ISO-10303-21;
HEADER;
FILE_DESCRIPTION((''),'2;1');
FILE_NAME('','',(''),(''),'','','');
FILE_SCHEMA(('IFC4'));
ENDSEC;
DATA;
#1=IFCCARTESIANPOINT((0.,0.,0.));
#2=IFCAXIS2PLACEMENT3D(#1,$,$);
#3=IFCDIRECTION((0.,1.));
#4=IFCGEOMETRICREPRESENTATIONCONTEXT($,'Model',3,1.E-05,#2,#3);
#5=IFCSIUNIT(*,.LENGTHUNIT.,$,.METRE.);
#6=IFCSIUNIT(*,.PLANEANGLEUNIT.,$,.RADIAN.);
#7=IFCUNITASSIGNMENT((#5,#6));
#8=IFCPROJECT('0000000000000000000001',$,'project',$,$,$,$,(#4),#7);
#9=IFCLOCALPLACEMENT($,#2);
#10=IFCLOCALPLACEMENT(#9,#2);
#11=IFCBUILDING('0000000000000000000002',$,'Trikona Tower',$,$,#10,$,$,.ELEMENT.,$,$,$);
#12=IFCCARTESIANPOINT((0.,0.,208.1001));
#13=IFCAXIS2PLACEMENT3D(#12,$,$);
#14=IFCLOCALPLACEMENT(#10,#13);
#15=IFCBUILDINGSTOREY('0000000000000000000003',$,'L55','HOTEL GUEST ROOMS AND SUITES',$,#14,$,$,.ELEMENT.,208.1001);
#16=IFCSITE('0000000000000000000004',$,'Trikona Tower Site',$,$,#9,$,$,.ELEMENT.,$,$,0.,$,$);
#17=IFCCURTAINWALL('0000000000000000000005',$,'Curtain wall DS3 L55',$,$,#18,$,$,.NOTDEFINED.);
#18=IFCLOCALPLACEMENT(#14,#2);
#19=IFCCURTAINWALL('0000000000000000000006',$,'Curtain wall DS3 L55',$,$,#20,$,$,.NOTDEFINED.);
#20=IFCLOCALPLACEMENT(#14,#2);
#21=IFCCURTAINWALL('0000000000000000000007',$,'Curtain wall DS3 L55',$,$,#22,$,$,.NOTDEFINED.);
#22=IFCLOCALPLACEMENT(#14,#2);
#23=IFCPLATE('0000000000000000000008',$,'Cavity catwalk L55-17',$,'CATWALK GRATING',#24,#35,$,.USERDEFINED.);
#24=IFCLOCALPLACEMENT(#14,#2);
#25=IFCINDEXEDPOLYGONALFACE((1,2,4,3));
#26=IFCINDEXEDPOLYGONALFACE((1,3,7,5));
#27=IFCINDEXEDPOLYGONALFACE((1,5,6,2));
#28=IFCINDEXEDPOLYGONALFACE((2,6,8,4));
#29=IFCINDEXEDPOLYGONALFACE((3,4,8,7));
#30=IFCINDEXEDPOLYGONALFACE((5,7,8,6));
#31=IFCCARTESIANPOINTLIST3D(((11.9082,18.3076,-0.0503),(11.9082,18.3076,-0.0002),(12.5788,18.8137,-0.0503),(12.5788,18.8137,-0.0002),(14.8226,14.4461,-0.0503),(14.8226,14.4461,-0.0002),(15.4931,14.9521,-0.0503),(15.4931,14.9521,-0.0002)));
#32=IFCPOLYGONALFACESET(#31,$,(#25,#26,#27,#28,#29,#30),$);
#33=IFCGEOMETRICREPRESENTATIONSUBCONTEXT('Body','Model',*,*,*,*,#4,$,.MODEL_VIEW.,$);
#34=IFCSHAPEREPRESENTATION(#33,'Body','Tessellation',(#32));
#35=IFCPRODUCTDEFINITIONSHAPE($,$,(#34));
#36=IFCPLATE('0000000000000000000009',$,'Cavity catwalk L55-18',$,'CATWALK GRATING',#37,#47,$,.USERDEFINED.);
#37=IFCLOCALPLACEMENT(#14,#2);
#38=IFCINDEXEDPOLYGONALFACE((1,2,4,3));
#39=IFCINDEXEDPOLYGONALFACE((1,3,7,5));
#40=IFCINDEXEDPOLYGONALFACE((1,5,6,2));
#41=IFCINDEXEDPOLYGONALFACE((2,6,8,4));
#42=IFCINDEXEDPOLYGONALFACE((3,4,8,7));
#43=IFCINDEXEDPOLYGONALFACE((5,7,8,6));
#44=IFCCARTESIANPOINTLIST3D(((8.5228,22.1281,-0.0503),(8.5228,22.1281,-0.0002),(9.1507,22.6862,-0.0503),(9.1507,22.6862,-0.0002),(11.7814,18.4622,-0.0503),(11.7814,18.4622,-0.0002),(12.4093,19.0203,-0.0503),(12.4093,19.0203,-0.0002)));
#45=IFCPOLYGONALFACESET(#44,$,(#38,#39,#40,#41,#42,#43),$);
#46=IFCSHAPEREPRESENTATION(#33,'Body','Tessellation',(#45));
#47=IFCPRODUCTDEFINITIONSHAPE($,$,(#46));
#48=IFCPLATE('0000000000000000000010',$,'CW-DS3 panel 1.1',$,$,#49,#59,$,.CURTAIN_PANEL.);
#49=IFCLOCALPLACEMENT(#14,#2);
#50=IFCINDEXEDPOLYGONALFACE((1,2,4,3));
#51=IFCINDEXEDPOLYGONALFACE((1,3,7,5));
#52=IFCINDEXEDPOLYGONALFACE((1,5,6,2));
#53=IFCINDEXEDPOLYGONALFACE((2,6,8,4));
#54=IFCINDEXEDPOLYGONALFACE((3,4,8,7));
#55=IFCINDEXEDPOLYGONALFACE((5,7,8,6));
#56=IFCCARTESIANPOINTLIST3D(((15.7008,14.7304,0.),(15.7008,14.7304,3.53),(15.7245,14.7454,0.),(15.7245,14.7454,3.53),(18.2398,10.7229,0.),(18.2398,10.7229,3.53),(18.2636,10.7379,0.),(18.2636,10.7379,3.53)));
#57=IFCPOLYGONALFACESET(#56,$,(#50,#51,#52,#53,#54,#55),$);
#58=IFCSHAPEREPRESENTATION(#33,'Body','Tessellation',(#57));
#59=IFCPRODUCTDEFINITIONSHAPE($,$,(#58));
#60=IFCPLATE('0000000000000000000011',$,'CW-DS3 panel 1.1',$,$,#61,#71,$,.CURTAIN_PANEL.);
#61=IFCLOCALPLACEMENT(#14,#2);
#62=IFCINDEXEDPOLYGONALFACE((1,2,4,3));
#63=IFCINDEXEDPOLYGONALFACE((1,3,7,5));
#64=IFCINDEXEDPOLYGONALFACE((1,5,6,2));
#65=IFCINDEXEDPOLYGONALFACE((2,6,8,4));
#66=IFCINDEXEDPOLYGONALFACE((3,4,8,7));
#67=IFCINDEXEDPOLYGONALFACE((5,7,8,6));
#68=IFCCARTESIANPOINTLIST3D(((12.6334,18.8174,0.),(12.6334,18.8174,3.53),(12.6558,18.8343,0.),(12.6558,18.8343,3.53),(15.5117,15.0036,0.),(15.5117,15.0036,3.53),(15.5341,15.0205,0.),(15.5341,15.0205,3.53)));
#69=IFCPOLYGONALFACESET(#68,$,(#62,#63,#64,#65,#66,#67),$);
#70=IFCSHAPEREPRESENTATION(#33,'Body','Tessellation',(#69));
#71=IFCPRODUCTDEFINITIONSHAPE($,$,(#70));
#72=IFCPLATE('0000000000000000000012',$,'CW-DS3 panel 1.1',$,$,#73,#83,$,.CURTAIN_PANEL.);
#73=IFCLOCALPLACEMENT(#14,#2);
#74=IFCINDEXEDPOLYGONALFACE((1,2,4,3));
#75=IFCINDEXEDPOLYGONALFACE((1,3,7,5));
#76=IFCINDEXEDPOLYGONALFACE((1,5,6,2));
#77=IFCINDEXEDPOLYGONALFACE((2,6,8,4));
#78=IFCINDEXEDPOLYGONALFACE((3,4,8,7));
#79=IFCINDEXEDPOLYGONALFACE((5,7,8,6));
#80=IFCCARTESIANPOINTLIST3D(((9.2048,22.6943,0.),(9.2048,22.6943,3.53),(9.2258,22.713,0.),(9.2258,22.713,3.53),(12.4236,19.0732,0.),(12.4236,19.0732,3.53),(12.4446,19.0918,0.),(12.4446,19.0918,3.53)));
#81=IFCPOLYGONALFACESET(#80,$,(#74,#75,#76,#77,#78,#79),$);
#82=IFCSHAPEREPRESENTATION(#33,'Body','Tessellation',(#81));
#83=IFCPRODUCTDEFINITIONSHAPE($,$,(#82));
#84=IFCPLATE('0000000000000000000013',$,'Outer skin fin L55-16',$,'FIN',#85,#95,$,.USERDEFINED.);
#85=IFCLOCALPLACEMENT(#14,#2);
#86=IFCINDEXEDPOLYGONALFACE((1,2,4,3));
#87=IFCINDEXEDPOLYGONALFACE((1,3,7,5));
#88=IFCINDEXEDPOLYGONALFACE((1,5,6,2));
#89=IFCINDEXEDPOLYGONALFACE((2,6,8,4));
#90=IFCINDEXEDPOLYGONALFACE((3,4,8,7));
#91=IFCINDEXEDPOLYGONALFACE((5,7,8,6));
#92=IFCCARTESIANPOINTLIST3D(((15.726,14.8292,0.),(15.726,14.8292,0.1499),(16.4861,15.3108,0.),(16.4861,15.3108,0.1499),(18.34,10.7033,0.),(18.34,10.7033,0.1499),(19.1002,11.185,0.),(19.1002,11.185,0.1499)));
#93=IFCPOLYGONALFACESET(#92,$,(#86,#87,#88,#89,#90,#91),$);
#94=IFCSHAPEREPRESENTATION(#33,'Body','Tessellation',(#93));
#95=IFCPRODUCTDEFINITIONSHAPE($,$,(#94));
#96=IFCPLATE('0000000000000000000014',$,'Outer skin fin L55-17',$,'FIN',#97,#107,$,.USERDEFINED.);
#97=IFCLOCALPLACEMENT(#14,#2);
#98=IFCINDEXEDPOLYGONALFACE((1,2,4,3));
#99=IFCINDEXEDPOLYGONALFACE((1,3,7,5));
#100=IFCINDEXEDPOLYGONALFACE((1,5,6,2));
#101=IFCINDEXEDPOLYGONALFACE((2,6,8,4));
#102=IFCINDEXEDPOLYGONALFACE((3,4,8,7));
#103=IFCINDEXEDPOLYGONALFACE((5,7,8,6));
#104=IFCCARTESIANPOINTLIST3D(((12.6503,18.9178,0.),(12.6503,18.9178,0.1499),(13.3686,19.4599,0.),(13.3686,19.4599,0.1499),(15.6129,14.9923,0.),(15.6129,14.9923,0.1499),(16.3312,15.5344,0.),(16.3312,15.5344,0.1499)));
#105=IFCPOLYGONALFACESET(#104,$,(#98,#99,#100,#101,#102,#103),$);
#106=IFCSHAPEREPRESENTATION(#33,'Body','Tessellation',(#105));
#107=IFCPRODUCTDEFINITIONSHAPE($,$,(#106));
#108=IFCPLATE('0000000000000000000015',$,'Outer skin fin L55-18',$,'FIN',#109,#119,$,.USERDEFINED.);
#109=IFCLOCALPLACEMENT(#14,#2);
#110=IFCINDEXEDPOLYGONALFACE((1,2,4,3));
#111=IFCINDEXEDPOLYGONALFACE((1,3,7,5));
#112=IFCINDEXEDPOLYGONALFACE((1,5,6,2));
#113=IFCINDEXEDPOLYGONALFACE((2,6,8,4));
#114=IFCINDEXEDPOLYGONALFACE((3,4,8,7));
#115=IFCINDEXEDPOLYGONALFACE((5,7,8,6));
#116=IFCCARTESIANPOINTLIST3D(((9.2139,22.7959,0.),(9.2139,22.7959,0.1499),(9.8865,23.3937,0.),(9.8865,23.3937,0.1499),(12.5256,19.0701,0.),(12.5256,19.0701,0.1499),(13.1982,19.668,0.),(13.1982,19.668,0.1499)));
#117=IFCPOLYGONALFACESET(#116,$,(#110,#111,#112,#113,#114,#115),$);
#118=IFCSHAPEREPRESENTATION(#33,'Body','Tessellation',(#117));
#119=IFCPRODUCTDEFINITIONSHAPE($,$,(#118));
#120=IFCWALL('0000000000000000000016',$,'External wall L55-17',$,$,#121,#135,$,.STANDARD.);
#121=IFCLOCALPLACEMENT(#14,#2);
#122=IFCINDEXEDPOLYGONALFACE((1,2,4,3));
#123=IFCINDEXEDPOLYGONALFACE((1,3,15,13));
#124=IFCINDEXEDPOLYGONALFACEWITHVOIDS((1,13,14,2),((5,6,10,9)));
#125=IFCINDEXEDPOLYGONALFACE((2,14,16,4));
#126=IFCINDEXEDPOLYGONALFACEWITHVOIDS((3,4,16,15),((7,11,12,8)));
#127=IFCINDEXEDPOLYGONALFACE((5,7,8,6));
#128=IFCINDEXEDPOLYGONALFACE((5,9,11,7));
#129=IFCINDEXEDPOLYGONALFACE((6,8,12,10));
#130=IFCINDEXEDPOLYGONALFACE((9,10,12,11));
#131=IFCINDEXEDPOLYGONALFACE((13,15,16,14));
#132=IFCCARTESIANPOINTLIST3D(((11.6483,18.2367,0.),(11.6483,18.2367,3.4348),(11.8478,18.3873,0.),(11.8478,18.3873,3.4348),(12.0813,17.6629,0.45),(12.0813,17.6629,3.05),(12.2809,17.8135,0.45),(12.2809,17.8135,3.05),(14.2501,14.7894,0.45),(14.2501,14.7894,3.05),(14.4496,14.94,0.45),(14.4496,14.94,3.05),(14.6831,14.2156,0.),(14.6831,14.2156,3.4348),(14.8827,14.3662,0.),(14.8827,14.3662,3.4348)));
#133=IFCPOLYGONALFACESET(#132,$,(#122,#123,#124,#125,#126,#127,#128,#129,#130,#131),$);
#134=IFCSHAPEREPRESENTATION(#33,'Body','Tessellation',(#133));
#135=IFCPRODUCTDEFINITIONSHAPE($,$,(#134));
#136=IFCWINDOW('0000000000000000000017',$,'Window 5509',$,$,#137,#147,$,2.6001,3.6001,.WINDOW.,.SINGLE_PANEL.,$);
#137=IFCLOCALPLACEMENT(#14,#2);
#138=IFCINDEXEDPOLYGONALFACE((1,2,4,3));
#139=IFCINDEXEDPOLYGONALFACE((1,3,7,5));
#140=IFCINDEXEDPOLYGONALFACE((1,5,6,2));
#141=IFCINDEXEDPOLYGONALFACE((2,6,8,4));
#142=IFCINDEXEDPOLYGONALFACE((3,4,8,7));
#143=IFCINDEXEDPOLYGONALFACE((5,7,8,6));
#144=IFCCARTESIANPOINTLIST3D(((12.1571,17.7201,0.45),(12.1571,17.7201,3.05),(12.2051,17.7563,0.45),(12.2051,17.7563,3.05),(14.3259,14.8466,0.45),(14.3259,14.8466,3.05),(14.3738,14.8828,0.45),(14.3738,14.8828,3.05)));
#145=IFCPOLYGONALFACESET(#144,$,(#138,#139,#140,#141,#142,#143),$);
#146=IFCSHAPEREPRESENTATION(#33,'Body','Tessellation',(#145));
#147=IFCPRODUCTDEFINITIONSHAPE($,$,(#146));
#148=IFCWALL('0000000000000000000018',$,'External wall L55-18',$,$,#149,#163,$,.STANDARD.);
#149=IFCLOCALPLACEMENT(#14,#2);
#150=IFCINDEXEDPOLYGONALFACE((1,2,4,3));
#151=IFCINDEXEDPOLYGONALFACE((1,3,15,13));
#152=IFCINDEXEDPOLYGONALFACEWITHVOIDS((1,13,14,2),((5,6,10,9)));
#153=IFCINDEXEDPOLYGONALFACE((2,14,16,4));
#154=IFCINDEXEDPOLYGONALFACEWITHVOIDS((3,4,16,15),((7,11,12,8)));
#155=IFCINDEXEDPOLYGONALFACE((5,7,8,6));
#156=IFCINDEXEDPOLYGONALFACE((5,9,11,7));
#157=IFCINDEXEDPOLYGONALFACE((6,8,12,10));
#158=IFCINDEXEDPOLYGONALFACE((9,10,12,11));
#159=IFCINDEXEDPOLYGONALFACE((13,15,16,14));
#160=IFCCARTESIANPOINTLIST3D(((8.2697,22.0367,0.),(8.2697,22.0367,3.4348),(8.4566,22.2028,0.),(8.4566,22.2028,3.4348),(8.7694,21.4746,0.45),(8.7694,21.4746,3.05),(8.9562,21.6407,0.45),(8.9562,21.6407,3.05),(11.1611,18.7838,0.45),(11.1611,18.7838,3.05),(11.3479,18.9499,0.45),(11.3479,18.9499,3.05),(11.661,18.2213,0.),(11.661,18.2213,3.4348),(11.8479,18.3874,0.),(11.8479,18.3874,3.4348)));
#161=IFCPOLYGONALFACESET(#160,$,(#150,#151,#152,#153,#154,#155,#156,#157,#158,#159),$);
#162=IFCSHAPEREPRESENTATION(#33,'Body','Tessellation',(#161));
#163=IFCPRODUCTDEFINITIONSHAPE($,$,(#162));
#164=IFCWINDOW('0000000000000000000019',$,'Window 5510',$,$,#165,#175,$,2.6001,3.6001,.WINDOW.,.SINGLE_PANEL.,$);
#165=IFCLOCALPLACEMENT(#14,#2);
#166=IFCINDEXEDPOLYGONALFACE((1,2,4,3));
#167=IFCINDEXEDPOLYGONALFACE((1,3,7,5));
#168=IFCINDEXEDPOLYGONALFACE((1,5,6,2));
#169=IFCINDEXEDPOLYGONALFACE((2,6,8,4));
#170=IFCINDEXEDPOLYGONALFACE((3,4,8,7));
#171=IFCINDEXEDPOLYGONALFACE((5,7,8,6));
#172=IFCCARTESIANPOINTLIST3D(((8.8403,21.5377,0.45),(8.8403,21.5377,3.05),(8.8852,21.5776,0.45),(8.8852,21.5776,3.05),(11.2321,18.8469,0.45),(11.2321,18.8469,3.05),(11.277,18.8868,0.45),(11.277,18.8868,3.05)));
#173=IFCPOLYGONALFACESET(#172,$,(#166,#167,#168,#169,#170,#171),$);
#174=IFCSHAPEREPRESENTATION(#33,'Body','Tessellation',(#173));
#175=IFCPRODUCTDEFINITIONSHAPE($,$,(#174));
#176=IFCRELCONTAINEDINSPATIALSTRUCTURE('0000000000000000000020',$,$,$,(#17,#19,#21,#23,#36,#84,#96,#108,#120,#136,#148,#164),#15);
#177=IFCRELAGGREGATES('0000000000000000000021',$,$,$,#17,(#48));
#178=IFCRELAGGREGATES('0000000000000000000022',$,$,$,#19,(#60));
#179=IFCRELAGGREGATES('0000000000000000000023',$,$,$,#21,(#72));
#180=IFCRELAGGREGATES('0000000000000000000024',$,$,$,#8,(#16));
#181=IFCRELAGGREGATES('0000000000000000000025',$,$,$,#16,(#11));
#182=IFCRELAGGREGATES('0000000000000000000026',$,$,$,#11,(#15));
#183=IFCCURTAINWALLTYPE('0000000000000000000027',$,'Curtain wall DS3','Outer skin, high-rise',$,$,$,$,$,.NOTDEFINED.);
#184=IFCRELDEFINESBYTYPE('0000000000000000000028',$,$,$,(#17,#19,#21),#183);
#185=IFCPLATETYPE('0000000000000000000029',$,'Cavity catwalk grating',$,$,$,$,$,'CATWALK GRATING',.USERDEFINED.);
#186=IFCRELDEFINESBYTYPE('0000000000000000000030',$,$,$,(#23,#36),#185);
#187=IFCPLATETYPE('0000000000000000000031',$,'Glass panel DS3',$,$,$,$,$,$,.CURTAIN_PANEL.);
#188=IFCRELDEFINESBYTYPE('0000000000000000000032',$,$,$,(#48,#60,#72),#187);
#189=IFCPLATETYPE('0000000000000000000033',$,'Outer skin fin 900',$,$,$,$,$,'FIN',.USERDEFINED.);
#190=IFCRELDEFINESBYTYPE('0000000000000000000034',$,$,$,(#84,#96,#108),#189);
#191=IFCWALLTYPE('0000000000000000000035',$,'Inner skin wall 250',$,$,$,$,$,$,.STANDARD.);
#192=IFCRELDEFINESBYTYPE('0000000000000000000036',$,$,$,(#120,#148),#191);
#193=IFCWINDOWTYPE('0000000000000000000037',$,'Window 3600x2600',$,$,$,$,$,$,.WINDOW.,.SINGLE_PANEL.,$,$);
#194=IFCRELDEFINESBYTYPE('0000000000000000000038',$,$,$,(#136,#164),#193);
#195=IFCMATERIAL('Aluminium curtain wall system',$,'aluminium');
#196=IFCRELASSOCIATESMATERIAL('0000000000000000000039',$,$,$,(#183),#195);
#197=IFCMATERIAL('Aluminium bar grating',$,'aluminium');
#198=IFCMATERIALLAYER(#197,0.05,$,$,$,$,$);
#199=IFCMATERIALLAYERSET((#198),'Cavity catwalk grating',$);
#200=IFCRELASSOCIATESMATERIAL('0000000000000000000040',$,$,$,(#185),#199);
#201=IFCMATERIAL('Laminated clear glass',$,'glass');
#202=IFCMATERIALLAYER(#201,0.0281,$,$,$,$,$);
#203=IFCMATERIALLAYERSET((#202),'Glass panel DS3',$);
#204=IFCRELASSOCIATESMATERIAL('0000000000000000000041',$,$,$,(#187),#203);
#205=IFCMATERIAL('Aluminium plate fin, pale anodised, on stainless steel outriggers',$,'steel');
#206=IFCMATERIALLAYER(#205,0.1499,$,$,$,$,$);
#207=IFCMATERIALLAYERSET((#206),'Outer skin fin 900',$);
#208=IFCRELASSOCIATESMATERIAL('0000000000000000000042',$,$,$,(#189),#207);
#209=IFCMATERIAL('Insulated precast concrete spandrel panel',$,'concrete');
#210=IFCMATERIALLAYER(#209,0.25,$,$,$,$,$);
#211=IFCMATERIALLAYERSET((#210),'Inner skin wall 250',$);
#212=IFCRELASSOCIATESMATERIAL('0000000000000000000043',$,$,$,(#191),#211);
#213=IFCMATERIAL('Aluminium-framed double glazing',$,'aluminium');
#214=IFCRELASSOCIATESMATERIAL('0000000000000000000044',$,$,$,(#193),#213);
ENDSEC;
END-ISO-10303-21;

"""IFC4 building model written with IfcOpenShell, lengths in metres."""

from ifc_helpers import new_model, si_unit, direction, frame, frame_2d, origin, origin_2d, place, context, subcontext, project, spatial, rectangle, extrude, material, layer, layer_set, type_object, element, fill, aggregate, save


model = new_model("IFC4")

# Units and contexts
model_context = context("Model", 3, precision=1e-05, world=origin(), true_north=direction((0.0, 1.0)))
body_context = subcontext(model_context, "Body", "Model", "MODEL_VIEW")
ifc_project = project(units=[si_unit("LENGTHUNIT", "METRE"), si_unit("PLANEANGLEUNIT", "RADIAN")], contexts=[model_context])

# Site, building, storey
site_placement = place(None, origin())
site = spatial("IfcSite", under=ifc_project, at=site_placement, Name="Trikona Tower Site", CompositionType="ELEMENT", RefElevation=0.0)
building_placement = place(site_placement, origin())
building = spatial("IfcBuilding", under=site, at=building_placement, Name="Trikona Tower", CompositionType="ELEMENT")
storey_placement = place(building_placement, frame((0.0, 0.0, 208.1001)))
storey = spatial("IfcBuildingStorey", under=building, at=storey_placement, Name="L55", Description="HOTEL GUEST ROOMS AND SUITES", CompositionType="ELEMENT", Elevation=208.1001)

# Curtain wall
ifc_material_1 = material(Name="Aluminium curtain wall system", Category="aluminium")
curtain_wall_type = type_object("IfcCurtainWallType", Name="Curtain wall DS3", Description="Outer skin, high-rise", PredefinedType="NOTDEFINED", material=ifc_material_1)
curtain_wall_1_placement = place(storey_placement, origin())
curtain_wall_1 = element("IfcCurtainWall", 1, at=curtain_wall_1_placement, inside=storey, type_object=curtain_wall_type, Name="Curtain wall DS3 L55", PredefinedType="NOTDEFINED")

# Curtain walls
curtain_wall_2_placement = place(storey_placement, origin())
curtain_wall_2 = element("IfcCurtainWall", 2, at=curtain_wall_2_placement, inside=storey, type_object=curtain_wall_type, Name="Curtain wall DS3 L55", PredefinedType="NOTDEFINED")
curtain_wall_3_placement = place(storey_placement, origin())
curtain_wall_3 = element("IfcCurtainWall", 3, at=curtain_wall_3_placement, inside=storey, type_object=curtain_wall_type, Name="Curtain wall DS3 L55", PredefinedType="NOTDEFINED")

# Plates
ifc_material_2 = material(Name="Aluminium bar grating", Category="aluminium")
ifc_layer_1 = layer(ifc_material_2, 0.05)
ifc_layer_set_1 = layer_set([ifc_layer_1], Name="Cavity catwalk grating")
plate_type_1 = type_object("IfcPlateType", Name="Cavity catwalk grating", ElementType="CATWALK GRATING", PredefinedType="USERDEFINED", material=ifc_layer_set_1)
plate_1_placement = place(storey_placement, frame((13.7007, 16.6299, -0.0503), z_axis=(0.0, 0.0, 1.0), x_axis=(-0.602402, 0.798193, 0.0)))
element("IfcPlate", 4, at=plate_1_placement, inside=storey, type_object=plate_type_1, Name="Cavity catwalk L55-17", ObjectType="CATWALK GRATING", PredefinedType="USERDEFINED", context=body_context, shape_type="SweptSolid", body=[
    extrude(rectangle(XDim=4.8379, YDim=0.8401, at=origin_2d()), origin(), (0.0, 0.0, 1.0), 0.05),
])
plate_2_placement = place(storey_placement, frame((10.4661, 20.5742, -0.0503), z_axis=(0.0, 0.0, 1.0), x_axis=(-0.664367, 0.747406, 0.0)))
element("IfcPlate", 5, at=plate_2_placement, inside=storey, type_object=plate_type_1, Name="Cavity catwalk L55-18", ObjectType="CATWALK GRATING", PredefinedType="USERDEFINED", context=body_context, shape_type="SweptSolid", body=[
    extrude(rectangle(XDim=4.9048, YDim=0.8401, at=origin_2d()), origin(), (0.0, 0.0, 1.0), 0.05),
])

# Plates
ifc_material_3 = material(Name="Laminated clear glass", Category="glass")
ifc_layer_2 = layer(ifc_material_3, 0.0281)
ifc_layer_set_2 = layer_set([ifc_layer_2], Name="Glass panel DS3")
plate_type_2 = type_object("IfcPlateType", Name="Glass panel DS3", PredefinedType="CURTAIN_PANEL", material=ifc_layer_set_2)
plate_3_placement = place(storey_placement, frame((16.9822, 12.7341, 0.0), z_axis=(0.0, 0.0, 1.0), x_axis=(-0.535197, 0.844727, 0.0)))
plate_3 = element("IfcPlate", 6, at=plate_3_placement, type_object=plate_type_2, Name="CW-DS3 panel 1.1", PredefinedType="CURTAIN_PANEL", context=body_context, shape_type="SweptSolid", body=[
    extrude(rectangle(XDim=4.7441, YDim=0.0281, at=origin_2d()), origin(), (0.0, 0.0, 1.0), 3.53),
])
aggregate(curtain_wall_1, [plate_3])
plate_4_placement = place(storey_placement, frame((14.0837, 16.9189, 0.0), z_axis=(0.0, 0.0, 1.0), x_axis=(-0.602402, 0.798193, 0.0)))
plate_4 = element("IfcPlate", 7, at=plate_4_placement, type_object=plate_type_2, Name="CW-DS3 panel 1.1", PredefinedType="CURTAIN_PANEL", context=body_context, shape_type="SweptSolid", body=[
    extrude(rectangle(XDim=4.7781, YDim=0.0281, at=origin_2d()), origin(), (0.0, 0.0, 1.0), 3.53),
])
aggregate(curtain_wall_2, [plate_4])
plate_5_placement = place(storey_placement, frame((10.8247, 20.8931, 0.0), z_axis=(0.0, 0.0, 1.0), x_axis=(-0.664371, 0.747403, 0.0)))
plate_5 = element("IfcPlate", 8, at=plate_5_placement, type_object=plate_type_2, Name="CW-DS3 panel 1.1", PredefinedType="CURTAIN_PANEL", context=body_context, shape_type="SweptSolid", body=[
    extrude(rectangle(XDim=4.845, YDim=0.0281, at=origin_2d()), origin(), (0.0, 0.0, 1.0), 3.53),
])
aggregate(curtain_wall_3, [plate_5])

# Plates
ifc_material_4 = material(Name="Aluminium plate fin, pale anodised, on stainless steel outriggers", Category="steel")
ifc_layer_3 = layer(ifc_material_4, 0.1499)
ifc_layer_set_3 = layer_set([ifc_layer_3], Name="Outer skin fin 900")
plate_type_3 = type_object("IfcPlateType", Name="Outer skin fin 900", ElementType="FIN", PredefinedType="USERDEFINED", material=ifc_layer_set_3)
plate_6_placement = place(storey_placement, frame((17.4131, 13.0071, 0.0), z_axis=(0.0, 0.0, 1.0), x_axis=(-0.535205, 0.844722, 0.0)))
element("IfcPlate", 9, at=plate_6_placement, inside=storey, type_object=plate_type_3, Name="Outer skin fin L55-16", ObjectType="FIN", PredefinedType="USERDEFINED", context=body_context, shape_type="SweptSolid", body=[
    extrude(rectangle(XDim=4.8843, YDim=0.8999, at=origin_2d()), origin(), (0.0, 0.0, 1.0), 0.1499),
])
plate_7_placement = place(storey_placement, frame((14.4907, 17.2261, 0.0), z_axis=(0.0, 0.0, 1.0), x_axis=(-0.602402, 0.798193, 0.0)))
element("IfcPlate", 10, at=plate_7_placement, inside=storey, type_object=plate_type_3, Name="Outer skin fin L55-17", ObjectType="FIN", PredefinedType="USERDEFINED", context=body_context, shape_type="SweptSolid", body=[
    extrude(rectangle(XDim=4.918, YDim=0.8999, at=origin_2d()), origin(), (0.0, 0.0, 1.0), 0.1499),
])
plate_8_placement = place(storey_placement, frame((11.2061, 21.2319, 0.0), z_axis=(0.0, 0.0, 1.0), x_axis=(-0.664367, 0.747406, 0.0)))
element("IfcPlate", 11, at=plate_8_placement, inside=storey, type_object=plate_type_3, Name="Outer skin fin L55-18", ObjectType="FIN", PredefinedType="USERDEFINED", context=body_context, shape_type="SweptSolid", body=[
    extrude(rectangle(XDim=4.9849, YDim=0.8999, at=origin_2d()), origin(), (0.0, 0.0, 1.0), 0.1499),
])

# Walls, openings, windows
ifc_material_5 = material(Name="Insulated precast concrete spandrel panel", Category="concrete")
ifc_layer_4 = layer(ifc_material_5, 0.25)
ifc_layer_set_4 = layer_set([ifc_layer_4], Name="Inner skin wall 250")
wall_type = type_object("IfcWallType", Name="Inner skin wall 250", PredefinedType="STANDARD", material=ifc_layer_set_4)
wall_1_placement = place(storey_placement, frame((14.783, 14.2908, 0.0), z_axis=(0.0, 0.0, 1.0), x_axis=(-0.602409, 0.798188, 0.0)))
wall_1 = element("IfcWall", 12, at=wall_1_placement, inside=storey, type_object=wall_type, Name="External wall L55-17", PredefinedType="STANDARD", context=body_context, shape_type="SweptSolid", body=[
    extrude(rectangle(XDim=5.0378, YDim=0.25, at=frame_2d((2.519, 0.0))), origin(), (0.0, 0.0, 1.0), 3.4348),
])
opening_1_placement = place(wall_1_placement, frame((0.719, 0.0, 0.45)))
opening_1 = element("IfcOpeningElement", 13, at=opening_1_placement, cuts=wall_1, PredefinedType="OPENING", context=body_context, shape_type="SweptSolid", body=[
    extrude(rectangle(XDim=3.6001, YDim=2.6001, at=frame_2d((1.8, 1.3))), frame((0.0, 0.135, 0.0), z_axis=(0.0, -1.0, 0.0), x_axis=(1.0, 0.0, 0.0)), (0.0, 0.0, 1.0), 0.27),
])
ifc_material_6 = material(Name="Aluminium-framed double glazing", Category="aluminium")
window_type = type_object("IfcWindowType", Name="Window 3600x2600", PartitioningType="SINGLE_PANEL", PredefinedType="WINDOW", material=ifc_material_6)
window_1_placement = place(opening_1_placement, origin())
window_1 = element("IfcWindow", 14, at=window_1_placement, inside=storey, type_object=window_type, Name="Window 5509", OverallHeight=2.6001, OverallWidth=3.6001, PartitioningType="SINGLE_PANEL", PredefinedType="WINDOW", context=body_context, shape_type="SweptSolid", body=[
    extrude(rectangle(XDim=3.6001, YDim=2.6001, at=frame_2d((1.8, 1.3))), frame((0.0, 0.03, 0.0), z_axis=(0.0, -1.0, 0.0), x_axis=(1.0, 0.0, 0.0)), (0.0, 0.0, 1.0), 0.0601),
])
fill(opening_1, window_1)
wall_2_placement = place(storey_placement, frame((11.7544, 18.3044, 0.0), z_axis=(0.0, 0.0, 1.0), x_axis=(-0.664349, 0.747423, 0.0)))
wall_2 = element("IfcWall", 15, at=wall_2_placement, inside=storey, type_object=wall_type, Name="External wall L55-18", PredefinedType="STANDARD", context=body_context, shape_type="SweptSolid", body=[
    extrude(rectangle(XDim=5.1047, YDim=0.25, at=frame_2d((2.5522, 0.0))), origin(), (0.0, 0.0, 1.0), 3.4348),
])
opening_2_placement = place(wall_2_placement, frame((0.7524, 0.0, 0.45)))
opening_2 = element("IfcOpeningElement", 16, at=opening_2_placement, cuts=wall_2, PredefinedType="OPENING", context=body_context, shape_type="SweptSolid", body=[
    extrude(rectangle(XDim=3.6001, YDim=2.6001, at=frame_2d((1.8, 1.3))), frame((0.0, 0.135, 0.0), z_axis=(0.0, -1.0, 0.0), x_axis=(1.0, 0.0, 0.0)), (0.0, 0.0, 1.0), 0.27),
])
window_2_placement = place(opening_2_placement, origin())
window_2 = element("IfcWindow", 17, at=window_2_placement, inside=storey, type_object=window_type, Name="Window 5510", OverallHeight=2.6001, OverallWidth=3.6001, PartitioningType="SINGLE_PANEL", PredefinedType="WINDOW", context=body_context, shape_type="SweptSolid", body=[
    extrude(rectangle(XDim=3.6001, YDim=2.6001, at=frame_2d((1.8, 1.3))), frame((0.0, 0.03, 0.0), z_axis=(0.0, -1.0, 0.0), x_axis=(1.0, 0.0, 0.0)), (0.0, 0.0, 1.0), 0.0601),
])
fill(opening_2, window_2)

save(model, "model.ifc")
